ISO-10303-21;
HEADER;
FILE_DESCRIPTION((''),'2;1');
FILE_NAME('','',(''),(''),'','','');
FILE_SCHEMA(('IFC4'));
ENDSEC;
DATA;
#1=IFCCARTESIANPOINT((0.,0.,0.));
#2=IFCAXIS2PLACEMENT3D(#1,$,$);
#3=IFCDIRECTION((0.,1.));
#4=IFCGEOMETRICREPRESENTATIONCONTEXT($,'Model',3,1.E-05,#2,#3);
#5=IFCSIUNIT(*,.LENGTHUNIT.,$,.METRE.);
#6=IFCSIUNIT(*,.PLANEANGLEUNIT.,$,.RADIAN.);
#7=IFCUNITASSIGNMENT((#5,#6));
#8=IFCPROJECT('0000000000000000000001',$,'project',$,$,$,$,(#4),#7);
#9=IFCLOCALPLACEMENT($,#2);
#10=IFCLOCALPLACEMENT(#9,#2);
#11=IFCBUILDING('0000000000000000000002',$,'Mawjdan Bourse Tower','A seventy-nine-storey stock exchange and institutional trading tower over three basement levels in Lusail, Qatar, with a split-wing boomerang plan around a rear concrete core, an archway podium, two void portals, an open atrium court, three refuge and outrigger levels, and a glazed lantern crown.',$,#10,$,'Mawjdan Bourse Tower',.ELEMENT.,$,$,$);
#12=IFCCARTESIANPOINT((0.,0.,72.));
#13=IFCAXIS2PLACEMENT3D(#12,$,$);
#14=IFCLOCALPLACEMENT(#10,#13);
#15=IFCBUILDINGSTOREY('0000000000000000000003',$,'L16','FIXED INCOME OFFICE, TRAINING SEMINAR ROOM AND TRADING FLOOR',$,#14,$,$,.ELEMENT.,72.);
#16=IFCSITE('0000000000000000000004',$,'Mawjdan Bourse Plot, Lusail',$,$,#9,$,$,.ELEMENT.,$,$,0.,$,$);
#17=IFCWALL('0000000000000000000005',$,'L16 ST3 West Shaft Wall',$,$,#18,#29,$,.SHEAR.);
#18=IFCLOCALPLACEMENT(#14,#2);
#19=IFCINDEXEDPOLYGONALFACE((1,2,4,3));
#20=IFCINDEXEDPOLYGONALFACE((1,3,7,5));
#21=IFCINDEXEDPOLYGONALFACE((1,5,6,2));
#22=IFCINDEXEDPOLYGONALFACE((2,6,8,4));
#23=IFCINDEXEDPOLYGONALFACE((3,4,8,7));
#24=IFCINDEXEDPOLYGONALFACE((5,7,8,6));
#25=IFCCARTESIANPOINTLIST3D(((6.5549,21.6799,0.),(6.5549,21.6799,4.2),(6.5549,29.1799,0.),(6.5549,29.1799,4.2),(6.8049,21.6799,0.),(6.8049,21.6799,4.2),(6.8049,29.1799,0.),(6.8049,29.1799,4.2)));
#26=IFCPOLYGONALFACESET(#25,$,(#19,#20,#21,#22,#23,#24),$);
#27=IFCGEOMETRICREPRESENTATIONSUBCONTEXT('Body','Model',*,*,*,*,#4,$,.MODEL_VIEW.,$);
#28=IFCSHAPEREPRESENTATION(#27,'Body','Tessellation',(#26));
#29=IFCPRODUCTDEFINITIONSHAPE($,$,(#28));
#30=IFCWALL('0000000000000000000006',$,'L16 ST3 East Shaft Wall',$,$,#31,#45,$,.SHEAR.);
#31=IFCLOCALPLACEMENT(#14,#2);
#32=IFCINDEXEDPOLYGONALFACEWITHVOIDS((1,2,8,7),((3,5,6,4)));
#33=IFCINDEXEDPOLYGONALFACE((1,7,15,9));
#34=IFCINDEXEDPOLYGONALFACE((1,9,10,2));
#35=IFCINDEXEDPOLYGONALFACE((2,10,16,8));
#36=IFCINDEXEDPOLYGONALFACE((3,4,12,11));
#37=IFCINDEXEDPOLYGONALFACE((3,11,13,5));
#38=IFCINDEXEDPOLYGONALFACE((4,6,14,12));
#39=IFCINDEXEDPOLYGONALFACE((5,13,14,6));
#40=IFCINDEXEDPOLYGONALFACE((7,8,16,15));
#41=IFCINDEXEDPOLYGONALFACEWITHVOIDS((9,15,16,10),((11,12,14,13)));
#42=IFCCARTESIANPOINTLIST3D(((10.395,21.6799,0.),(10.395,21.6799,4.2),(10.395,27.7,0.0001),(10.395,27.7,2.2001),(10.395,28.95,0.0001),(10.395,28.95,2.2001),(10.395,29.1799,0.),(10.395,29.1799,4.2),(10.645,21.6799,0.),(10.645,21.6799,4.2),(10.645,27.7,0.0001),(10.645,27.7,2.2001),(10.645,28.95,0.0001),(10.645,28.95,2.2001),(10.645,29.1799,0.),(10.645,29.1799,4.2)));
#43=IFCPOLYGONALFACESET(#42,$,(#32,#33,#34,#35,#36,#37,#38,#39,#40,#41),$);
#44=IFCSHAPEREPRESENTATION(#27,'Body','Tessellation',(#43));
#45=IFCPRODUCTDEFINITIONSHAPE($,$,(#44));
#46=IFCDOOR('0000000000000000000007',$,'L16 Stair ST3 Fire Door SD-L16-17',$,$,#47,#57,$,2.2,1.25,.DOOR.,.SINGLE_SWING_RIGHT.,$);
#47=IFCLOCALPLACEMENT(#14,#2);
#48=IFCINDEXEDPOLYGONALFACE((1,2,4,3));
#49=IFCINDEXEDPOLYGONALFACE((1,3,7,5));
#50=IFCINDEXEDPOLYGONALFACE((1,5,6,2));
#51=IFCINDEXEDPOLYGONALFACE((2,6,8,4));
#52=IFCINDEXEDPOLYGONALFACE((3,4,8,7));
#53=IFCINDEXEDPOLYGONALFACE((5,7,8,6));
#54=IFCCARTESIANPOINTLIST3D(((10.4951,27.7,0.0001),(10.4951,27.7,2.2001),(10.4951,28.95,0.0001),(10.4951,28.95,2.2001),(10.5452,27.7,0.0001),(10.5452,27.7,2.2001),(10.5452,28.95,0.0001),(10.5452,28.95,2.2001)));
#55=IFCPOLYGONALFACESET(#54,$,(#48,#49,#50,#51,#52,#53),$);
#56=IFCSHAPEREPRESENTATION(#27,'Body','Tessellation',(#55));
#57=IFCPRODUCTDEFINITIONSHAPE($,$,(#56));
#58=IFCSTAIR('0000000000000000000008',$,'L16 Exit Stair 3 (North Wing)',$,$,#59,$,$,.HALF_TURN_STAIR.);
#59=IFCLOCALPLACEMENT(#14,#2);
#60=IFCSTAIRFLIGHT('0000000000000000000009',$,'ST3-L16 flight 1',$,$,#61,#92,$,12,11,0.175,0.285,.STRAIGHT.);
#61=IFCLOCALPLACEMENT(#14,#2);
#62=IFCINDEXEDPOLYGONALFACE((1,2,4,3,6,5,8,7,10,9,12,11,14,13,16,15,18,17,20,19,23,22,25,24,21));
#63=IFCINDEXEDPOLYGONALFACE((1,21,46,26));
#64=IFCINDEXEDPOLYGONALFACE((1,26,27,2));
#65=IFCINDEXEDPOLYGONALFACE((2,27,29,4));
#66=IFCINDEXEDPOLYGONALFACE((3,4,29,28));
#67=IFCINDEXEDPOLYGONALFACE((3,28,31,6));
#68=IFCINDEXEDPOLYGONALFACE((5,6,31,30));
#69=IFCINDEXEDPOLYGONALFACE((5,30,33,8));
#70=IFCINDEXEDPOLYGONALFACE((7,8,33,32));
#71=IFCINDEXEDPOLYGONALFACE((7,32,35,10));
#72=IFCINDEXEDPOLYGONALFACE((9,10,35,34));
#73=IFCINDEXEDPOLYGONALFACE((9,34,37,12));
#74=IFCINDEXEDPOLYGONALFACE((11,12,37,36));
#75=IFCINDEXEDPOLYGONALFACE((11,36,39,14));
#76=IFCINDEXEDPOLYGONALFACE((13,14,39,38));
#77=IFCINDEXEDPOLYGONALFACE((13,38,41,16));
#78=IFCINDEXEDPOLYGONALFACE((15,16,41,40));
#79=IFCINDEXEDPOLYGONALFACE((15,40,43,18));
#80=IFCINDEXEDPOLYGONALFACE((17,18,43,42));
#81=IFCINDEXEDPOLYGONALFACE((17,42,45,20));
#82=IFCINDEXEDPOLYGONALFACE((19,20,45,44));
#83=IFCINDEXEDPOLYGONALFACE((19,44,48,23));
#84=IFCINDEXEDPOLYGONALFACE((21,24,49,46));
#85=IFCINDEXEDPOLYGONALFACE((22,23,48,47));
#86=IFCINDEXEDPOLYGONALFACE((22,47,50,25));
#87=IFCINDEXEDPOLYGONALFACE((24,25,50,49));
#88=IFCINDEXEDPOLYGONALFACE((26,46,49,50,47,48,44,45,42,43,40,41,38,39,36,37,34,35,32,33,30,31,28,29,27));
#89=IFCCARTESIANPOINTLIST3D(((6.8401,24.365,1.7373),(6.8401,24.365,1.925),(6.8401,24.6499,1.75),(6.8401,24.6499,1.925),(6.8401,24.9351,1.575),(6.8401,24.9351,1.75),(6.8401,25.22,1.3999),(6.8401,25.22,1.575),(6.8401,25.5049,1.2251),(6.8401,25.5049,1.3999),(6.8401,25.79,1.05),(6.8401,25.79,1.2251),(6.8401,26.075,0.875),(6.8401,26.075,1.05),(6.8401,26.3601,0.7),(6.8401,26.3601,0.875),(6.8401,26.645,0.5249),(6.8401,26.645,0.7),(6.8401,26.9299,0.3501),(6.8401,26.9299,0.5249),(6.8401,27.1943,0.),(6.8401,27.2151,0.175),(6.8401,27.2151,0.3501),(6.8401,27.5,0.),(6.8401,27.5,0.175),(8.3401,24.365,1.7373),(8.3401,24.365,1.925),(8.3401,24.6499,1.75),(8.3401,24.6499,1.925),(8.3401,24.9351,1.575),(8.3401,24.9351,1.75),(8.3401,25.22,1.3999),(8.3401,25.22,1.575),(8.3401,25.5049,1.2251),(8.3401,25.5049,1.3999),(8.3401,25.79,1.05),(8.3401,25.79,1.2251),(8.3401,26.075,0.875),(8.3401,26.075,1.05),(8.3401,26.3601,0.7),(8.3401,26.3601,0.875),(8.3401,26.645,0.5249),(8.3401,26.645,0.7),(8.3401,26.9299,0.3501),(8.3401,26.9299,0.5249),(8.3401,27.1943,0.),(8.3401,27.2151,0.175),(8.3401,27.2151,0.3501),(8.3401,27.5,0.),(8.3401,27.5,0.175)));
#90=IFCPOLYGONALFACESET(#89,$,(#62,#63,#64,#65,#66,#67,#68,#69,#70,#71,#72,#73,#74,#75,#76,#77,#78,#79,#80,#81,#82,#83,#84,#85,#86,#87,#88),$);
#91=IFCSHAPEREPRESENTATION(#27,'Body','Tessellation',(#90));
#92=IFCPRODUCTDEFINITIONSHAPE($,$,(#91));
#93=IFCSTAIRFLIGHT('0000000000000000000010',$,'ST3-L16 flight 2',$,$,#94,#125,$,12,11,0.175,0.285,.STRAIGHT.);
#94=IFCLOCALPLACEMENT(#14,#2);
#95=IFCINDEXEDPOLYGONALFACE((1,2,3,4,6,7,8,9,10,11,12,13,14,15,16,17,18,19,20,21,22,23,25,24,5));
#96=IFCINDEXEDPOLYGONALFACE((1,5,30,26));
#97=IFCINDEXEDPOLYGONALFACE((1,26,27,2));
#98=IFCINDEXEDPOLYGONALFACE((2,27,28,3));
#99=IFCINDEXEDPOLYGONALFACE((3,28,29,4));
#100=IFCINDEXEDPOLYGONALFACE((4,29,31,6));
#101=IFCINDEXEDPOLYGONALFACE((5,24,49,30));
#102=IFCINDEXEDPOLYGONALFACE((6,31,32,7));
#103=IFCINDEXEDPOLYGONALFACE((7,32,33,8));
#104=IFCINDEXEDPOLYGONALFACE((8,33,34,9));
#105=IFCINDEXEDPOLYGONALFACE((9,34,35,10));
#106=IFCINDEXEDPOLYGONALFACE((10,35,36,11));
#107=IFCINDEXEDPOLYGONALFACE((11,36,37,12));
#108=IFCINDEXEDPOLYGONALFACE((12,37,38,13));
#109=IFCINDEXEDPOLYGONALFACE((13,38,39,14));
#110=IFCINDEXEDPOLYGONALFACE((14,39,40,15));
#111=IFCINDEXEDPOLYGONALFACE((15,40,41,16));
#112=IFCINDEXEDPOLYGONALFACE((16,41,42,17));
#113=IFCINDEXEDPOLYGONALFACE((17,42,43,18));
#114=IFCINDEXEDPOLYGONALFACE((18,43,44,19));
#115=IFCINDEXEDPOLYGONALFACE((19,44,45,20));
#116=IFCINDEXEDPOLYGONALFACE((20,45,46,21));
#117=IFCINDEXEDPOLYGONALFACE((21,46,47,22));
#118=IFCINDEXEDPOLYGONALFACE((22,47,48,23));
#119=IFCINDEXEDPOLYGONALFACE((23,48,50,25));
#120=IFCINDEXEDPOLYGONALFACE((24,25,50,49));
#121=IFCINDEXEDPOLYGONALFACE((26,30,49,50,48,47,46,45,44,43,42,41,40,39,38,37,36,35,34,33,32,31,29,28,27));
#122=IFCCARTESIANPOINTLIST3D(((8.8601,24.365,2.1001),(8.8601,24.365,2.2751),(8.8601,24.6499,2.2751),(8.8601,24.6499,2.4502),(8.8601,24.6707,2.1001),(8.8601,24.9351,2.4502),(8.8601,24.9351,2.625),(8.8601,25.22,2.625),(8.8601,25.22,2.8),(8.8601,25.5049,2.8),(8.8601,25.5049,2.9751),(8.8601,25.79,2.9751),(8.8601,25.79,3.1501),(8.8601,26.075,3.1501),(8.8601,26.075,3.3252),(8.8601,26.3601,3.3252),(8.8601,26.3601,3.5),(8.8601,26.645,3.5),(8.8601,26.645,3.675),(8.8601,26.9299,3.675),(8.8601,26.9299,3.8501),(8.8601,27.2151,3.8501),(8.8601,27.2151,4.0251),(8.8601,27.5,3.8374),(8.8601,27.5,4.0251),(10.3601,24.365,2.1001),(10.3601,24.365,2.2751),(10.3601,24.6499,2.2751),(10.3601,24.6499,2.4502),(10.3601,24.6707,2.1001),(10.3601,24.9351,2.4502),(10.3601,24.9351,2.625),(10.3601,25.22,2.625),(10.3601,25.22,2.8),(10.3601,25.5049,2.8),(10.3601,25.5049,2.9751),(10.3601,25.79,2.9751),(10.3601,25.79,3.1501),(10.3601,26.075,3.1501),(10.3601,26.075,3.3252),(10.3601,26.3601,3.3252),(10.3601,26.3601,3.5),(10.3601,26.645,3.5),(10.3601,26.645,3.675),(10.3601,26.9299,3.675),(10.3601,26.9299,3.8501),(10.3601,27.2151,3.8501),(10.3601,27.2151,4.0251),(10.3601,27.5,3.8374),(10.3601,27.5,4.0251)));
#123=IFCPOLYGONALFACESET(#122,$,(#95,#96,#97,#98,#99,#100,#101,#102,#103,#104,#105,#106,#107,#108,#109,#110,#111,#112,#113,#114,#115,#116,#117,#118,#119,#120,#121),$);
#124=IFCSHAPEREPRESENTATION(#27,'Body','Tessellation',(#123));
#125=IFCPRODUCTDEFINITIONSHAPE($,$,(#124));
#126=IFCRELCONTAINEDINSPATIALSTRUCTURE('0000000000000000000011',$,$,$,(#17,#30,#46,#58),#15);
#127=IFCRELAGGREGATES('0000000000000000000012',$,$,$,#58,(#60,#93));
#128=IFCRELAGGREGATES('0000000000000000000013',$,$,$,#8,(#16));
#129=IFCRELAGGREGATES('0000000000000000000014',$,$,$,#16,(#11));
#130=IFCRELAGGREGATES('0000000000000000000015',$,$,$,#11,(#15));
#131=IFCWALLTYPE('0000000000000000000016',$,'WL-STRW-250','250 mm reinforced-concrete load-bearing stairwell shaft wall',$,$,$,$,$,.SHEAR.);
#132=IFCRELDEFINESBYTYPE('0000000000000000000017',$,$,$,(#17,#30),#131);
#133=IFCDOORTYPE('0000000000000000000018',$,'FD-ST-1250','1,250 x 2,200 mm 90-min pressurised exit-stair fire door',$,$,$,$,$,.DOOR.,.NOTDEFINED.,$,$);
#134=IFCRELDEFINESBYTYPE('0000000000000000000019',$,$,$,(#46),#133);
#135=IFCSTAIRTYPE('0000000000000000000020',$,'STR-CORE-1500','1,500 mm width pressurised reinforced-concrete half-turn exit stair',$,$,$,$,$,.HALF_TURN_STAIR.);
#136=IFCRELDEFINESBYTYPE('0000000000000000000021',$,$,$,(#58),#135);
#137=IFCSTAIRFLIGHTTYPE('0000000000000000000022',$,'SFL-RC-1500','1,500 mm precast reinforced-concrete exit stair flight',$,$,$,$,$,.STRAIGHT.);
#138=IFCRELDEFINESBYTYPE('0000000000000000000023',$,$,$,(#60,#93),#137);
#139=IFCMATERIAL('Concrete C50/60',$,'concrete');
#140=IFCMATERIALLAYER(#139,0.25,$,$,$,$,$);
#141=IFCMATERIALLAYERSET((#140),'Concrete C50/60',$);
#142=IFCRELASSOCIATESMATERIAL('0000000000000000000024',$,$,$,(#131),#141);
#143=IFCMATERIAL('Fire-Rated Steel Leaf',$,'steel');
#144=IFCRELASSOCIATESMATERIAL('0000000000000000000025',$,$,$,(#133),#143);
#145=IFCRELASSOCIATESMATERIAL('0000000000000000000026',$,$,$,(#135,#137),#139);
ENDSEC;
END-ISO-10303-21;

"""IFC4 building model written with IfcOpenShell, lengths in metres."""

from ifc_helpers import new_model, si_unit, direction, frame, frame_2d, origin, place, context, subcontext, project, spatial, polyline, rectangle, outline, extrude, material, layer, layer_set, type_object, element, fill, aggregate, save


model = new_model("IFC4")

# Units and contexts
model_context = context("Model", 3, precision=1e-05, world=origin(), true_north=direction((0.0, 1.0)))
body_context = subcontext(model_context, "Body", "Model", "MODEL_VIEW")
ifc_project = project(units=[si_unit("LENGTHUNIT", "METRE"), si_unit("PLANEANGLEUNIT", "RADIAN")], contexts=[model_context])

# Site, building, storey
site_placement = place(None, origin())
site = spatial("IfcSite", under=ifc_project, at=site_placement, Name="Mawjdan Bourse Plot, Lusail", CompositionType="ELEMENT", RefElevation=0.0)
building_placement = place(site_placement, origin())
building = spatial("IfcBuilding", under=site, at=building_placement, Name="Mawjdan Bourse Tower", Description="A seventy-nine-storey stock exchange and institutional trading tower over three basement levels in Lusail, Qatar, with a split-wing boomerang plan around a rear concrete core, an archway podium, two void portals, an open atrium court, three refuge and outrigger levels, and a glazed lantern crown.", LongName="Mawjdan Bourse Tower", CompositionType="ELEMENT")
storey_placement = place(building_placement, frame((0.0, 0.0, 72.0)))
storey = spatial("IfcBuildingStorey", under=building, at=storey_placement, Name="L16", Description="FIXED INCOME OFFICE, TRAINING SEMINAR ROOM AND TRADING FLOOR", CompositionType="ELEMENT", Elevation=72.0)

# Wall
ifc_material_1 = material(Name="Concrete C50/60", Category="concrete")
ifc_layer_1 = layer(ifc_material_1, 0.25)
ifc_layer_set_1 = layer_set([ifc_layer_1], Name="Concrete C50/60")
wall_type_1 = type_object("IfcWallType", Name="WL-STRW-250", Description="250 mm reinforced-concrete load-bearing stairwell shaft wall", PredefinedType="SHEAR", material=ifc_layer_set_1)
wall_1_placement = place(storey_placement, frame((6.6799, 21.6799, 0.0), z_axis=(0.0, 0.0, 1.0), x_axis=(0.0, 1.0, 0.0)))
element("IfcWall", 1, at=wall_1_placement, inside=storey, type_object=wall_type_1, Name="L16 ST3 West Shaft Wall", PredefinedType="SHEAR", context=body_context, shape_type="SweptSolid", body=[
    extrude(rectangle(XDim=7.5, YDim=0.25, at=frame_2d((3.75, 0.0))), origin(), (0.0, 0.0, 1.0), 4.2),
])

# Wall, opening, door
wall_2_placement = place(storey_placement, frame((10.52, 21.6799, 0.0), z_axis=(0.0, 0.0, 1.0), x_axis=(0.0, 1.0, 0.0)))
wall_2 = element("IfcWall", 2, at=wall_2_placement, inside=storey, type_object=wall_type_1, Name="L16 ST3 East Shaft Wall", PredefinedType="SHEAR", context=body_context, shape_type="SweptSolid", body=[
    extrude(rectangle(XDim=7.5, YDim=0.25, at=frame_2d((3.75, 0.0))), origin(), (0.0, 0.0, 1.0), 4.2),
])
opening_placement = place(wall_2_placement, frame((6.02, 0.0, 0.0)))
opening = element("IfcOpeningElement", 3, at=opening_placement, cuts=wall_2, PredefinedType="OPENING", context=body_context, shape_type="SweptSolid", body=[
    extrude(rectangle(XDim=1.25, YDim=2.2, at=frame_2d((0.625, 1.1001))), frame((0.0, 0.135, 0.0), z_axis=(0.0, -1.0, 0.0), x_axis=(1.0, 0.0, 0.0)), (0.0, 0.0, 1.0), 0.27),
])
ifc_material_2 = material(Name="Fire-Rated Steel Leaf", Category="steel")
door_type = type_object("IfcDoorType", Name="FD-ST-1250", Description="1,250 x 2,200 mm 90-min pressurised exit-stair fire door", OperationType="NOTDEFINED", PredefinedType="DOOR", material=ifc_material_2)
door_placement = place(opening_placement, origin())
door = element("IfcDoor", 4, at=door_placement, inside=storey, type_object=door_type, Name="L16 Stair ST3 Fire Door SD-L16-17", OperationType="SINGLE_SWING_RIGHT", OverallHeight=2.2, OverallWidth=1.25, PredefinedType="DOOR", context=body_context, shape_type="SweptSolid", body=[
    extrude(rectangle(XDim=1.25, YDim=2.2, at=frame_2d((0.625, 1.1001))), frame((0.0, 0.0249, 0.0), z_axis=(0.0, -1.0, 0.0), x_axis=(1.0, 0.0, 0.0)), (0.0, 0.0, 1.0), 0.05),
])
fill(opening, door)

# Stair, stair flights
stair_type = type_object("IfcStairType", Name="STR-CORE-1500", Description="1,500 mm width pressurised reinforced-concrete half-turn exit stair", PredefinedType="HALF_TURN_STAIR", material=ifc_material_1)
stair_placement = place(storey_placement, origin())
stair = element("IfcStair", 5, at=stair_placement, inside=storey, type_object=stair_type, Name="L16 Exit Stair 3 (North Wing)", PredefinedType="HALF_TURN_STAIR")
stair_flight_type = type_object("IfcStairFlightType", Name="SFL-RC-1500", Description="1,500 mm precast reinforced-concrete exit stair flight", PredefinedType="STRAIGHT", material=ifc_material_1)
stair_flight_1_placement = place(storey_placement, frame((7.5901, 27.5, 0.0), z_axis=(0.0, 0.0, 1.0), x_axis=(0.0, -1.0, 0.0)))
stair_flight_1 = element("IfcStairFlight", 6, at=stair_flight_1_placement, type_object=stair_flight_type, Name="ST3-L16 flight 1", NumberOfRisers=12, NumberOfTreads=11, PredefinedType="STRAIGHT", RiserHeight=0.175, TreadLength=0.285, context=body_context, shape_type="SweptSolid", body=[
    extrude(outline(polyline([(0.0, 0.0), (0.0, 0.175), (0.2849, 0.175), (0.2849, 0.3501), (0.5701, 0.3501), (0.5701, 0.5249), (0.855, 0.5249), (0.855, 0.7), (1.1399, 0.7), (1.1399, 0.875), (1.425, 0.875), (1.425, 1.05), (1.71, 1.05), (1.71, 1.2251), (1.9951, 1.2251), (1.9951, 1.3999), (2.28, 1.3999), (2.28, 1.575), (2.5649, 1.575), (2.5649, 1.75), (2.8501, 1.75), (2.8501, 1.925), (3.135, 1.925), (3.135, 2.1001), (3.135, 1.7373), (0.3057, 0.0), (0.0, 0.0)])), frame((0.0, 0.75, 0.0), z_axis=(0.0, -1.0, 0.0), x_axis=(1.0, 0.0, 0.0)), (0.0, 0.0, 1.0), 1.5),
])
stair_flight_2_placement = place(storey_placement, frame((9.6101, 24.365, 2.1001), z_axis=(0.0, 0.0, 1.0), x_axis=(0.0, 1.0, 0.0)))
stair_flight_2 = element("IfcStairFlight", 7, at=stair_flight_2_placement, type_object=stair_flight_type, Name="ST3-L16 flight 2", NumberOfRisers=12, NumberOfTreads=11, PredefinedType="STRAIGHT", RiserHeight=0.175, TreadLength=0.285, context=body_context, shape_type="SweptSolid", body=[
    extrude(outline(polyline([(0.0, 0.0), (0.0, 0.175), (0.2849, 0.175), (0.2849, 0.3501), (0.5701, 0.3501), (0.5701, 0.5249), (0.855, 0.5249), (0.855, 0.7), (1.1399, 0.7), (1.1399, 0.875), (1.425, 0.875), (1.425, 1.05), (1.71, 1.05), (1.71, 1.2251), (1.9951, 1.2251), (1.9951, 1.3999), (2.28, 1.3999), (2.28, 1.575), (2.5649, 1.575), (2.5649, 1.75), (2.8501, 1.75), (2.8501, 1.925), (3.135, 1.925), (3.135, 2.1001), (3.135, 1.7373), (0.3057, 0.0), (0.0, 0.0)])), frame((0.0, 0.75, 0.0), z_axis=(0.0, -1.0, 0.0), x_axis=(1.0, 0.0, 0.0)), (0.0, 0.0, 1.0), 1.5),
])
aggregate(stair, [stair_flight_1, stair_flight_2])

save(model, "model.ifc")
